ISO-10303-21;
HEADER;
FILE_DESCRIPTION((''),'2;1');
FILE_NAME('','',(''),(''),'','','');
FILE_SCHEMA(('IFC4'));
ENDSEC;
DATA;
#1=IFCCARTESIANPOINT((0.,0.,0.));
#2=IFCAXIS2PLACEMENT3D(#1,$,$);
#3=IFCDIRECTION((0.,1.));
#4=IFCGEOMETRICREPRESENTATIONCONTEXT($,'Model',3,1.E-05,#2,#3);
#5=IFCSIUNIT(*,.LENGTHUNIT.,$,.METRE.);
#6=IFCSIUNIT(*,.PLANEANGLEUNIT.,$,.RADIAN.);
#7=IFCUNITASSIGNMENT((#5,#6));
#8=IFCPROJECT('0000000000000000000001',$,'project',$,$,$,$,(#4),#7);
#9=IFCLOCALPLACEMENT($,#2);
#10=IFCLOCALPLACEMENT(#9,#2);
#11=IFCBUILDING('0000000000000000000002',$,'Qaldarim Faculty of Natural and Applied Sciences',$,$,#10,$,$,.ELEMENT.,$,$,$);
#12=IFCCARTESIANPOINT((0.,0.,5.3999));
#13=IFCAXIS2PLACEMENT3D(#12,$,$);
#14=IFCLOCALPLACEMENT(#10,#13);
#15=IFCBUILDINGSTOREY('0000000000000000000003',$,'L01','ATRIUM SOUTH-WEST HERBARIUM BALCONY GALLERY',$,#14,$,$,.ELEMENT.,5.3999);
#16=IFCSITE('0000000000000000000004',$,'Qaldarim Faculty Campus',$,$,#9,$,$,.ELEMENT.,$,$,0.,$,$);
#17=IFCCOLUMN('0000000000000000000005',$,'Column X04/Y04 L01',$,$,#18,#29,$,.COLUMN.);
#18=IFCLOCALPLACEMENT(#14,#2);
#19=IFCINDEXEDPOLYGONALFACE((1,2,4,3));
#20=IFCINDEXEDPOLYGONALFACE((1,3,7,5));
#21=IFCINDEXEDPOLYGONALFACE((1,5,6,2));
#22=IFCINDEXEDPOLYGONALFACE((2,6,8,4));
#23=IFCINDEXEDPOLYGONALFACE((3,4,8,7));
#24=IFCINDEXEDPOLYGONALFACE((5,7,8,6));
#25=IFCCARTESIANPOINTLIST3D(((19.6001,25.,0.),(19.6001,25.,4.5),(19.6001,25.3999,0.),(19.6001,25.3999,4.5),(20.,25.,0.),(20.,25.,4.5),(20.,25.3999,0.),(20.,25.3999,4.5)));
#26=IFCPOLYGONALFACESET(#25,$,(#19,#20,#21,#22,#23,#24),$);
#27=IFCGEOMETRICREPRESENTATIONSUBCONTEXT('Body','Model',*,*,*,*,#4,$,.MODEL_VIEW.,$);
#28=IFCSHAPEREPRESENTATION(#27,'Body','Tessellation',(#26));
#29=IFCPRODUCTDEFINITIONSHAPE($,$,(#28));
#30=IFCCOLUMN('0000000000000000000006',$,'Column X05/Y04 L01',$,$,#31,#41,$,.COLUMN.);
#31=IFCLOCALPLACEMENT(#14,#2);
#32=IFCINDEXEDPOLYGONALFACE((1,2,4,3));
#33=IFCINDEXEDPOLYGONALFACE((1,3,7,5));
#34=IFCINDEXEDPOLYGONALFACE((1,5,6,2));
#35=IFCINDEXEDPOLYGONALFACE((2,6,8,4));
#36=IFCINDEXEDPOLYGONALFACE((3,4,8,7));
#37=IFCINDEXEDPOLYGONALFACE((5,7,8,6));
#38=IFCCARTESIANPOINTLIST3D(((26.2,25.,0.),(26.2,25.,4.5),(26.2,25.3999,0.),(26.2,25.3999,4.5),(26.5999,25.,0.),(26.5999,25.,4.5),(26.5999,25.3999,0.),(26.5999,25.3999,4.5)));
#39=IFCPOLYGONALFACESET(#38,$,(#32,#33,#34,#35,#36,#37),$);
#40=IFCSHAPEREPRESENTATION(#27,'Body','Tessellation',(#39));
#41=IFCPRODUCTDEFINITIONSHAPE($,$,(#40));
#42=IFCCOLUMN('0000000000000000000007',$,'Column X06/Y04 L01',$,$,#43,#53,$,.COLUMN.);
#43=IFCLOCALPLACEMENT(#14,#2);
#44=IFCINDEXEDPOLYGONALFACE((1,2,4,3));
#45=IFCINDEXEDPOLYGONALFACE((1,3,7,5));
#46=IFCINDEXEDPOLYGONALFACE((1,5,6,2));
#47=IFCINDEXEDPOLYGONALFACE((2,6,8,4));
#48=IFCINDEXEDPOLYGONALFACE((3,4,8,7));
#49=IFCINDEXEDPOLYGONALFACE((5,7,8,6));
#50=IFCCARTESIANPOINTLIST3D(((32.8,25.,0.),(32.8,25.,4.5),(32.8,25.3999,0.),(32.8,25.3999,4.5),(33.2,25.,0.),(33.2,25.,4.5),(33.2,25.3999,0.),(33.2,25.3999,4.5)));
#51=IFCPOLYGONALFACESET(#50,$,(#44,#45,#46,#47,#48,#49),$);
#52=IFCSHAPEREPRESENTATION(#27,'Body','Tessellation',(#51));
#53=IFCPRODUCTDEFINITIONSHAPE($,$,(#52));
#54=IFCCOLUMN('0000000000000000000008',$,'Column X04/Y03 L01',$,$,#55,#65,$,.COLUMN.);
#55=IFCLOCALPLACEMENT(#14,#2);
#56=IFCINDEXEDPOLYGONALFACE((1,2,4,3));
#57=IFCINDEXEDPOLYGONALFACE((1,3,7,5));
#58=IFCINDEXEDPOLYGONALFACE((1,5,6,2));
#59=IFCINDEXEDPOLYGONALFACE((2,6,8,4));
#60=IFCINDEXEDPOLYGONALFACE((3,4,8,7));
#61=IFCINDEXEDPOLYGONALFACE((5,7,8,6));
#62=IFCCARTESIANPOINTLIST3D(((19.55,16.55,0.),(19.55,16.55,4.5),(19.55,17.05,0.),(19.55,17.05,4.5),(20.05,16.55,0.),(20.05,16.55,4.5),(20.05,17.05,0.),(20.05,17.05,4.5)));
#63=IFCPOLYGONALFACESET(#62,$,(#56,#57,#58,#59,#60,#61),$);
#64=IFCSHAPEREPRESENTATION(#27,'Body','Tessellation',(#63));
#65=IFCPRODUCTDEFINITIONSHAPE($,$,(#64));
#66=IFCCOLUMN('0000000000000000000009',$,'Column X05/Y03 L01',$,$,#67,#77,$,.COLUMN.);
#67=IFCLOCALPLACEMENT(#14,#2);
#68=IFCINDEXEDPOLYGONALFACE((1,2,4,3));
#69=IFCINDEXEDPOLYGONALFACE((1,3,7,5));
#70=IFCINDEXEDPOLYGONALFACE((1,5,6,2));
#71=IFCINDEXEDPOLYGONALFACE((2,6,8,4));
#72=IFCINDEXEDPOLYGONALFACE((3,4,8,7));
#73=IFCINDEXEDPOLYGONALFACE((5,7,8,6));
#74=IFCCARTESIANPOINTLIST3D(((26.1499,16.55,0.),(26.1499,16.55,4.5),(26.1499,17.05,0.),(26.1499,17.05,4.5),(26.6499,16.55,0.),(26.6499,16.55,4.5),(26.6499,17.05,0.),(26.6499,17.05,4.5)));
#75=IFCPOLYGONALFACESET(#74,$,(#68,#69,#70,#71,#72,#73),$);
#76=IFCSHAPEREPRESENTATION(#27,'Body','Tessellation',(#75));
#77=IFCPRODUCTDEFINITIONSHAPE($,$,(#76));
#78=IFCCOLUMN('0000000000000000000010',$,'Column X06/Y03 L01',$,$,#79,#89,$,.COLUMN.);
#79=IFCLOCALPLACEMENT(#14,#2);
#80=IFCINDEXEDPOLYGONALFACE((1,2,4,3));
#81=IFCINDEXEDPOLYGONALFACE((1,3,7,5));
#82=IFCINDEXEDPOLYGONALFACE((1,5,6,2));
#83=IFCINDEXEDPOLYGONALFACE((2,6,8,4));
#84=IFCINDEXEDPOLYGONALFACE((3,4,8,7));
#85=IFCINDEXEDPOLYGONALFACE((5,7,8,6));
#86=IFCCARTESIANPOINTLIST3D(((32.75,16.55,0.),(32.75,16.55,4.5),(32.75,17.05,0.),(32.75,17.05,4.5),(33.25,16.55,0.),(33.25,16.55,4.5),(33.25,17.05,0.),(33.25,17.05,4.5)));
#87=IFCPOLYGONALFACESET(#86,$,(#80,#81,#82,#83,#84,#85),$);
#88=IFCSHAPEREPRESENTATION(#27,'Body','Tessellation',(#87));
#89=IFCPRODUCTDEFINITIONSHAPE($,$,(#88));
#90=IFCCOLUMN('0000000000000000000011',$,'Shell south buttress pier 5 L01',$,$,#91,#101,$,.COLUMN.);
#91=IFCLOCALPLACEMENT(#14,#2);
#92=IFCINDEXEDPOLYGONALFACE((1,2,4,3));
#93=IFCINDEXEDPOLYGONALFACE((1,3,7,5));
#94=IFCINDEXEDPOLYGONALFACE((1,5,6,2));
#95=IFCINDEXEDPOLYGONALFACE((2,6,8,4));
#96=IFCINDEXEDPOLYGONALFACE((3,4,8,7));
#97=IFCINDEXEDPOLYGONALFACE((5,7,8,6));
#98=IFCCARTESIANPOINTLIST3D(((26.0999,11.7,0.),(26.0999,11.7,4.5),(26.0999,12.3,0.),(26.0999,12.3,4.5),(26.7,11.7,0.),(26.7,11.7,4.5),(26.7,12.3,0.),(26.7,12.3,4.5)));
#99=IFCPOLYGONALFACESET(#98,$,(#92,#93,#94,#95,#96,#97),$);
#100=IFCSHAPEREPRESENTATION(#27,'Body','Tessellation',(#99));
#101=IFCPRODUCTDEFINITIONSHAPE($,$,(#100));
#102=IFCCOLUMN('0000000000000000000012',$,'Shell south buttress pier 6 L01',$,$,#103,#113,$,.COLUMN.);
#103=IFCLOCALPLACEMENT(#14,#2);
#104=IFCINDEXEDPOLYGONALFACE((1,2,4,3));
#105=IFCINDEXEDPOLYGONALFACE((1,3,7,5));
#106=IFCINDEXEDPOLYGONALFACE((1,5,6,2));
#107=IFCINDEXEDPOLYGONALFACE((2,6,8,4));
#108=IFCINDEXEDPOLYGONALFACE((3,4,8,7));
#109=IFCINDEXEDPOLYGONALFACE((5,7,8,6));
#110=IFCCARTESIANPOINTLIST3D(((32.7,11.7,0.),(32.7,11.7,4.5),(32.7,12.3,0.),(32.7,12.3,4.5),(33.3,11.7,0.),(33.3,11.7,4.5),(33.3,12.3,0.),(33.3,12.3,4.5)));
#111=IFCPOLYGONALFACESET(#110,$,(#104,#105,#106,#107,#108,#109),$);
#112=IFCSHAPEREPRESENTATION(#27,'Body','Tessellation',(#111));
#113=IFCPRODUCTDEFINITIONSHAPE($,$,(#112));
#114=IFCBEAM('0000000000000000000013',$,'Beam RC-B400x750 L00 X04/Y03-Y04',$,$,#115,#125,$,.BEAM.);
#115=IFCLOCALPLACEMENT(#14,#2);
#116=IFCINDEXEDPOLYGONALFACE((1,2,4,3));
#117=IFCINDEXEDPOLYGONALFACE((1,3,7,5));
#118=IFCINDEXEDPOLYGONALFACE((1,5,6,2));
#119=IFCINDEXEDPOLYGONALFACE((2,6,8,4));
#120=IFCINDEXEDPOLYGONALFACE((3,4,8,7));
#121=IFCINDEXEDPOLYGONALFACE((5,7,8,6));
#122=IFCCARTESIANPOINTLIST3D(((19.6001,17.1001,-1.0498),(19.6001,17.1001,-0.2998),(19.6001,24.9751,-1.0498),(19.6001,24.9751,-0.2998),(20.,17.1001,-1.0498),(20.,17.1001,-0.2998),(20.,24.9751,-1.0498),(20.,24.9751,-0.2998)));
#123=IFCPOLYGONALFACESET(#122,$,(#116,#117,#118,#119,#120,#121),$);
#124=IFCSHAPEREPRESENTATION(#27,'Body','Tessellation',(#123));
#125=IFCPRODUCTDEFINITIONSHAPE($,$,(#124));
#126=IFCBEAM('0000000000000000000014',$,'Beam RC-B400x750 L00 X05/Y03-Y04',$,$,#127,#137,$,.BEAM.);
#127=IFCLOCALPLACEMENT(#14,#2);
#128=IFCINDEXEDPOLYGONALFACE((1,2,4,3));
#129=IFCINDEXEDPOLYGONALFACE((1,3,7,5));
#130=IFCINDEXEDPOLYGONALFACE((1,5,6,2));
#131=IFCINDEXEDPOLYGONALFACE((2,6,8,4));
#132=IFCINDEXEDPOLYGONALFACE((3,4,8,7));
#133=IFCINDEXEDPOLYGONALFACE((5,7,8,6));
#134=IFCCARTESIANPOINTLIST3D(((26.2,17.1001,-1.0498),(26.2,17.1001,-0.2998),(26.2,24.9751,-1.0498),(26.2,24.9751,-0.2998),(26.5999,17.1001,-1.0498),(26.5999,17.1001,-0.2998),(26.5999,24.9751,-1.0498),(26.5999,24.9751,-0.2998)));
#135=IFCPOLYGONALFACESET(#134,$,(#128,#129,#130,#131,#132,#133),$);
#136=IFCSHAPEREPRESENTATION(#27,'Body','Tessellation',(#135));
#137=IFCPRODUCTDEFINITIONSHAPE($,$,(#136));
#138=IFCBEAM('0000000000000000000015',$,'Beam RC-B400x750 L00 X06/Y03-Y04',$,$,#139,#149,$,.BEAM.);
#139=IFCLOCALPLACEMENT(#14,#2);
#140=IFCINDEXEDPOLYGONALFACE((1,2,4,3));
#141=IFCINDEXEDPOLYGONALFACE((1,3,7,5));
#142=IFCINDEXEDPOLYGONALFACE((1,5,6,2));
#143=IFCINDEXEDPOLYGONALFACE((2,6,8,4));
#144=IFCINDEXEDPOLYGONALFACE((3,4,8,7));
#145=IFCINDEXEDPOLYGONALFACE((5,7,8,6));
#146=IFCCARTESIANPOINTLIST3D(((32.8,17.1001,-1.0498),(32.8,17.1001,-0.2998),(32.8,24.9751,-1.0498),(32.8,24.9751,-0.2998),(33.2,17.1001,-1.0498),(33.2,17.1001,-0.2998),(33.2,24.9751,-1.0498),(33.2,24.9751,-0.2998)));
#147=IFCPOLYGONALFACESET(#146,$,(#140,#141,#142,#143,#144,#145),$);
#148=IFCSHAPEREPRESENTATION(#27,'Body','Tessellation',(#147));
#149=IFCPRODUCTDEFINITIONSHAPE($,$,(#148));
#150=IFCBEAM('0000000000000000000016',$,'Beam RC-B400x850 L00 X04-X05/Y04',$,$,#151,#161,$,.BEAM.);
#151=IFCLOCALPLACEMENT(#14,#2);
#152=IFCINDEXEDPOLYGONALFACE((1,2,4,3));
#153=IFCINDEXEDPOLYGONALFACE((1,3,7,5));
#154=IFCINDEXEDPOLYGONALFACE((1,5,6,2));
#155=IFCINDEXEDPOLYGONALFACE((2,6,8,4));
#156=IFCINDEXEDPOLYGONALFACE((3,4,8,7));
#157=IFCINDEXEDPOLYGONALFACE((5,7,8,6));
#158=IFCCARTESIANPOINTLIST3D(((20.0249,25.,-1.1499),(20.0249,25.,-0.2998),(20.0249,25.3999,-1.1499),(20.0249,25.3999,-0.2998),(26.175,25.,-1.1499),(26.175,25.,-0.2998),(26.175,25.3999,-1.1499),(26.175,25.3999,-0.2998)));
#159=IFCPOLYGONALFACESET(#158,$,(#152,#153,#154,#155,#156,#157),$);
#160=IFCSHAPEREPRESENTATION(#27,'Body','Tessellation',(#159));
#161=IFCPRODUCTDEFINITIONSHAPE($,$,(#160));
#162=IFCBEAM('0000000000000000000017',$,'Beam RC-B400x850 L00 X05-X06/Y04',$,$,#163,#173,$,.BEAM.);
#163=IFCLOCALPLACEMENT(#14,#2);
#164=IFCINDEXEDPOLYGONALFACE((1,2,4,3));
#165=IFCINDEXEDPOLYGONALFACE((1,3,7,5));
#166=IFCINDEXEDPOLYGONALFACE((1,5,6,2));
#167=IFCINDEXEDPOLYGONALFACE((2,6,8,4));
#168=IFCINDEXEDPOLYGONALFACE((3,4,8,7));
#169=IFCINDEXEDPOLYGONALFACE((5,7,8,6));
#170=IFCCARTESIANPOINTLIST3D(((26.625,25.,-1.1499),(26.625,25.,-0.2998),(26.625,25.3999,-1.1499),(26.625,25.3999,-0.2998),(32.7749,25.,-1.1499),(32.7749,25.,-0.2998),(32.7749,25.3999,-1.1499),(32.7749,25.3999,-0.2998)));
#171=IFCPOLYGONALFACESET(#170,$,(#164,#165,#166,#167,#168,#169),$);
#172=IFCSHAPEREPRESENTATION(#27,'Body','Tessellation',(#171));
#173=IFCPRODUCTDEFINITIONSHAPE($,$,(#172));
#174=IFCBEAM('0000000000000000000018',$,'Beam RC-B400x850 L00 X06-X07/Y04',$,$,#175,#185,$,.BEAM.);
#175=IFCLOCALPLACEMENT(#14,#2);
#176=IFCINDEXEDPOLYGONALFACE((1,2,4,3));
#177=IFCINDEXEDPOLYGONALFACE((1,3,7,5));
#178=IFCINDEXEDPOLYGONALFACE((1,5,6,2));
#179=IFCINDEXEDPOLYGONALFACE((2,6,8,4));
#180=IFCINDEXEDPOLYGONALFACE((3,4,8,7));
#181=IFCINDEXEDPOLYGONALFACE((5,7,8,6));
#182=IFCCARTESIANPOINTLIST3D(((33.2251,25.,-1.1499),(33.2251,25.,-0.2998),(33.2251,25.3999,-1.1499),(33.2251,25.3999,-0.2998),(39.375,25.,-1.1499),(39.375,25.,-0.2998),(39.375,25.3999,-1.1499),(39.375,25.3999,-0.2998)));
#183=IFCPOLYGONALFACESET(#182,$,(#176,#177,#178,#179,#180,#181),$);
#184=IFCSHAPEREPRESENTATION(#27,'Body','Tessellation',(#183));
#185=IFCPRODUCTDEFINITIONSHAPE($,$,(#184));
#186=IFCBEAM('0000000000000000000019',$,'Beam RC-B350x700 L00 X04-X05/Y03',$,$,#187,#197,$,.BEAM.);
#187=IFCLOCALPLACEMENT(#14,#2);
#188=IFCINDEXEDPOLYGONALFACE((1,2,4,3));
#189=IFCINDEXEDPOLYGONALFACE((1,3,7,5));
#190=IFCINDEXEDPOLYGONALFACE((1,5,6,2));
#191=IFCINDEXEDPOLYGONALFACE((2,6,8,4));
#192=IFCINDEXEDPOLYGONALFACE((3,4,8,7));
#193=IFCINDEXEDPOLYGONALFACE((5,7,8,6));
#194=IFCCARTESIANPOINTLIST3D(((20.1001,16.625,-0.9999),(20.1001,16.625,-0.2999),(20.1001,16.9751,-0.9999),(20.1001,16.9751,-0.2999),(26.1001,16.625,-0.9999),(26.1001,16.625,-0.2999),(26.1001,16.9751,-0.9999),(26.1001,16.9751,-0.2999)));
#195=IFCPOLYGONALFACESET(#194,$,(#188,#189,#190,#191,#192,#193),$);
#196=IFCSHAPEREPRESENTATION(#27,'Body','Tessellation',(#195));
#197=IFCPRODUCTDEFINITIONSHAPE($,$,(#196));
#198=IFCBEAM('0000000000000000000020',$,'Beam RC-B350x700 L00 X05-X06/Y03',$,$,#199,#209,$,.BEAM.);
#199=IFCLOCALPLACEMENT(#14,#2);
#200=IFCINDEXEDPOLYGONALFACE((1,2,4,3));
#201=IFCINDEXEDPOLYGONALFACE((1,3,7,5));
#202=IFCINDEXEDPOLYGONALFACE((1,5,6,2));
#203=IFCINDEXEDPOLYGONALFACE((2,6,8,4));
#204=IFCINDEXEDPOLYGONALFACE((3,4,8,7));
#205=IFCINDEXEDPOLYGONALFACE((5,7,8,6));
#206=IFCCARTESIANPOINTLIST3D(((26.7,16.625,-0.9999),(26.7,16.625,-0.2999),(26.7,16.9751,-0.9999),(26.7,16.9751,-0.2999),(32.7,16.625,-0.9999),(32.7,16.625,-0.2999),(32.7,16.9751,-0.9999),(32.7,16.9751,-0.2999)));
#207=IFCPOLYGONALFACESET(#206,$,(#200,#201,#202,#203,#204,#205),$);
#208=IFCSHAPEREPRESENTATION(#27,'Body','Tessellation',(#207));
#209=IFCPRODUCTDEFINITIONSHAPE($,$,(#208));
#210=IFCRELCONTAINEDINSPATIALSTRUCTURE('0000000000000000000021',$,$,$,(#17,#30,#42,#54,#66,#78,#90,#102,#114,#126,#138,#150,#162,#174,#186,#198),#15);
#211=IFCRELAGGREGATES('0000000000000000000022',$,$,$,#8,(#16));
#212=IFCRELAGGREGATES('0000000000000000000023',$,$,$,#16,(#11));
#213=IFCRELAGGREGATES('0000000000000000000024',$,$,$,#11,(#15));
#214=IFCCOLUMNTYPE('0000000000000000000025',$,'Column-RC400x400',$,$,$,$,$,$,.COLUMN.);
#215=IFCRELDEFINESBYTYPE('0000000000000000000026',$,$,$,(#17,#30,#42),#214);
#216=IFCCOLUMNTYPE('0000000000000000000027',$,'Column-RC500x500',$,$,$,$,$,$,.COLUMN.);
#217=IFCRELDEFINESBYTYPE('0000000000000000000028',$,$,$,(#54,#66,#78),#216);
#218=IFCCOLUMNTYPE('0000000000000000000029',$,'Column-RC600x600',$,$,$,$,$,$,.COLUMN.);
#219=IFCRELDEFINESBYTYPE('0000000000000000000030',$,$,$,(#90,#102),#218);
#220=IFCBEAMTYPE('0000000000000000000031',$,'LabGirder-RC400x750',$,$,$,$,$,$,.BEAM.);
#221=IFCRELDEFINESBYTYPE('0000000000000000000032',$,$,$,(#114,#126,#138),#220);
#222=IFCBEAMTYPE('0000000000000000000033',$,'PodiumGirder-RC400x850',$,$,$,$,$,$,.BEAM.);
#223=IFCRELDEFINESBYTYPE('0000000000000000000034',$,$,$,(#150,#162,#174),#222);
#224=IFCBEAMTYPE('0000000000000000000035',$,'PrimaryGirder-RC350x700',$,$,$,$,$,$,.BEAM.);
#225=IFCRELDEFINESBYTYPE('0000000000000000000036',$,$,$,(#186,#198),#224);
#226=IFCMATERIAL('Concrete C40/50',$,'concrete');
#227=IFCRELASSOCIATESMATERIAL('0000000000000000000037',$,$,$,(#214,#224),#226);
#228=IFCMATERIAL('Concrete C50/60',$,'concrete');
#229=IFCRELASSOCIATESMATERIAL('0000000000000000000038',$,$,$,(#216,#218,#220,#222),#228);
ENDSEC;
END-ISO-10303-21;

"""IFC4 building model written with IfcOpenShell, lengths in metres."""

from ifc_helpers import new_model, si_unit, direction, frame, origin, origin_2d, place, context, subcontext, project, spatial, rectangle, extrude, material, material_profile, profile_set, type_object, element, save


model = new_model("IFC4")

# Units and contexts
model_context = context("Model", 3, precision=1e-05, world=origin(), true_north=direction((0.0, 1.0)))
body_context = subcontext(model_context, "Body", "Model", "MODEL_VIEW")
ifc_project = project(units=[si_unit("LENGTHUNIT", "METRE"), si_unit("PLANEANGLEUNIT", "RADIAN")], contexts=[model_context])

# Site, building, storey
site_placement = place(None, origin())
site = spatial("IfcSite", under=ifc_project, at=site_placement, Name="Qaldarim Faculty Campus", CompositionType="ELEMENT", RefElevation=0.0)
building_placement = place(site_placement, origin())
building = spatial("IfcBuilding", under=site, at=building_placement, Name="Qaldarim Faculty of Natural and Applied Sciences", CompositionType="ELEMENT")
storey_placement = place(building_placement, frame((0.0, 0.0, 5.3999)))
storey = spatial("IfcBuildingStorey", under=building, at=storey_placement, Name="L01", Description="ATRIUM SOUTH-WEST HERBARIUM BALCONY GALLERY", CompositionType="ELEMENT", Elevation=5.3999)

# Columns
ifc_material_1 = material(Name="Concrete C40/50", Category="concrete")
ifc_material_profile_1 = material_profile(ifc_material_1, rectangle(XDim=0.3999, YDim=0.3999, at=origin_2d()), Name="RC-C400x400")
ifc_profile_set_1 = profile_set([ifc_material_profile_1], Name="Concrete C40/50")
column_type_1 = type_object("IfcColumnType", Name="Column-RC400x400", PredefinedType="COLUMN", material=ifc_profile_set_1)
for number, where, z_axis, x_axis, name in (
    (1, (19.8, 25.2, 0.0), (0.0, 0.0, 1.0), (1.0, 0.0, 0.0), "Column X04/Y04 L01"),
    (2, (26.3999, 25.2, 0.0), (0.0, 0.0, 1.0), (1.0, 0.0, 0.0), "Column X05/Y04 L01"),
    (3, (33.0, 25.2, 0.0), (0.0, 0.0, 1.0), (1.0, 0.0, 0.0), "Column X06/Y04 L01"),
):
    element("IfcColumn", number, at=place(storey_placement, frame(where, z_axis=z_axis, x_axis=x_axis)), inside=storey, type_object=column_type_1, Name=name, PredefinedType="COLUMN", context=body_context, shape_type="SweptSolid", body=[
        extrude(rectangle(XDim=0.3999, YDim=0.3999, at=origin_2d()), origin(), (0.0, 0.0, 1.0), 4.5),
    ])
ifc_material_2 = material(Name="Concrete C50/60", Category="concrete")
ifc_material_profile_2 = material_profile(ifc_material_2, rectangle(XDim=0.5, YDim=0.5, at=origin_2d()), Name="RC-C500x500")
ifc_profile_set_2 = profile_set([ifc_material_profile_2], Name="Concrete C50/60")
column_type_2 = type_object("IfcColumnType", Name="Column-RC500x500", PredefinedType="COLUMN", material=ifc_profile_set_2)
for number, where, z_axis, x_axis, name in (
    (4, (19.8, 16.8, 0.0), (0.0, 0.0, 1.0), (1.0, 0.0, 0.0), "Column X04/Y03 L01"),
    (5, (26.3999, 16.8, 0.0), (0.0, 0.0, 1.0), (1.0, 0.0, 0.0), "Column X05/Y03 L01"),
    (6, (33.0, 16.8, 0.0), (0.0, 0.0, 1.0), (1.0, 0.0, 0.0), "Column X06/Y03 L01"),
):
    element("IfcColumn", number, at=place(storey_placement, frame(where, z_axis=z_axis, x_axis=x_axis)), inside=storey, type_object=column_type_2, Name=name, PredefinedType="COLUMN", context=body_context, shape_type="SweptSolid", body=[
        extrude(rectangle(XDim=0.5, YDim=0.5, at=origin_2d()), origin(), (0.0, 0.0, 1.0), 4.5),
    ])
ifc_material_profile_3 = material_profile(ifc_material_2, rectangle(XDim=0.6001, YDim=0.6001, at=origin_2d()), Name="RC-C600x600")
ifc_profile_set_3 = profile_set([ifc_material_profile_3], Name="Concrete C50/60")
column_type_3 = type_object("IfcColumnType", Name="Column-RC600x600", PredefinedType="COLUMN", material=ifc_profile_set_3)
for number, where, z_axis, x_axis, name in (
    (7, (26.3999, 12.0, 0.0), (0.0, 0.0, 1.0), (1.0, 0.0, 0.0), "Shell south buttress pier 5 L01"),
    (8, (33.0, 12.0, 0.0), (0.0, 0.0, 1.0), (1.0, 0.0, 0.0), "Shell south buttress pier 6 L01"),
):
    element("IfcColumn", number, at=place(storey_placement, frame(where, z_axis=z_axis, x_axis=x_axis)), inside=storey, type_object=column_type_3, Name=name, PredefinedType="COLUMN", context=body_context, shape_type="SweptSolid", body=[
        extrude(rectangle(XDim=0.6001, YDim=0.6001, at=origin_2d()), origin(), (0.0, 0.0, 1.0), 4.5),
    ])

# Beams
ifc_material_profile_4 = material_profile(ifc_material_2, rectangle(XDim=0.3999, YDim=0.75, at=origin_2d()), Name="RC-B400x750")
ifc_profile_set_4 = profile_set([ifc_material_profile_4], Name="Concrete C50/60")
beam_type_1 = type_object("IfcBeamType", Name="LabGirder-RC400x750", PredefinedType="BEAM", material=ifc_profile_set_4)
for number, where, z_axis, x_axis, name in (
    (9, (19.8, 17.1001, -0.6748), (0.0, 1.0, 0.0), (-1.0, 0.0, 0.0), "Beam RC-B400x750 L00 X04/Y03-Y04"),
    (10, (26.3999, 17.1001, -0.6748), (0.0, 1.0, 0.0), (-1.0, 0.0, 0.0), "Beam RC-B400x750 L00 X05/Y03-Y04"),
    (11, (33.0, 17.1001, -0.6748), (0.0, 1.0, 0.0), (-1.0, 0.0, 0.0), "Beam RC-B400x750 L00 X06/Y03-Y04"),
):
    element("IfcBeam", number, at=place(storey_placement, frame(where, z_axis=z_axis, x_axis=x_axis)), inside=storey, type_object=beam_type_1, Name=name, PredefinedType="BEAM", context=body_context, shape_type="SweptSolid", body=[
        extrude(rectangle(XDim=0.3999, YDim=0.75, at=origin_2d()), origin(), (0.0, 0.0, 1.0), 7.875),
    ])
ifc_material_profile_5 = material_profile(ifc_material_2, rectangle(XDim=0.3999, YDim=0.8501, at=origin_2d()), Name="RC-B400x850")
ifc_profile_set_5 = profile_set([ifc_material_profile_5], Name="Concrete C50/60")
beam_type_2 = type_object("IfcBeamType", Name="PodiumGirder-RC400x850", PredefinedType="BEAM", material=ifc_profile_set_5)
beam_placement = place(storey_placement, frame((20.0249, 25.2, -0.7249), z_axis=(1.0, 0.0, 0.0), x_axis=(0.0, 1.0, 0.0)))
element("IfcBeam", 12, at=beam_placement, inside=storey, type_object=beam_type_2, Name="Beam RC-B400x850 L00 X04-X05/Y04", PredefinedType="BEAM", context=body_context, shape_type="SweptSolid", body=[
    extrude(rectangle(XDim=0.3999, YDim=0.8501, at=origin_2d()), origin(), (0.0, 0.0, 1.0), 6.1501),
])
for number, where, z_axis, x_axis, name in (
    (13, (26.625, 25.2, -0.7249), (1.0, 0.0, 0.0), (0.0, 1.0, 0.0), "Beam RC-B400x850 L00 X05-X06/Y04"),
    (14, (33.2251, 25.2, -0.7249), (1.0, 0.0, 0.0), (0.0, 1.0, 0.0), "Beam RC-B400x850 L00 X06-X07/Y04"),
):
    element("IfcBeam", number, at=place(storey_placement, frame(where, z_axis=z_axis, x_axis=x_axis)), inside=storey, type_object=beam_type_2, Name=name, PredefinedType="BEAM", context=body_context, shape_type="SweptSolid", body=[
        extrude(rectangle(XDim=0.3999, YDim=0.8501, at=origin_2d()), origin(), (0.0, 0.0, 1.0), 6.1499),
    ])
ifc_material_profile_6 = material_profile(ifc_material_1, rectangle(XDim=0.3501, YDim=0.7, at=origin_2d()), Name="RC-B350x700")
ifc_profile_set_6 = profile_set([ifc_material_profile_6], Name="Concrete C40/50")
beam_type_3 = type_object("IfcBeamType", Name="PrimaryGirder-RC350x700", PredefinedType="BEAM", material=ifc_profile_set_6)
for number, where, z_axis, x_axis, name in (
    (15, (20.1001, 16.8, -0.6499), (1.0, 0.0, 0.0), (0.0, 1.0, 0.0), "Beam RC-B350x700 L00 X04-X05/Y03"),
    (16, (26.7, 16.8, -0.6499), (1.0, 0.0, 0.0), (0.0, 1.0, 0.0), "Beam RC-B350x700 L00 X05-X06/Y03"),
):
    element("IfcBeam", number, at=place(storey_placement, frame(where, z_axis=z_axis, x_axis=x_axis)), inside=storey, type_object=beam_type_3, Name=name, PredefinedType="BEAM", context=body_context, shape_type="SweptSolid", body=[
        extrude(rectangle(XDim=0.3501, YDim=0.7, at=origin_2d()), origin(), (0.0, 0.0, 1.0), 6.0),
    ])

save(model, "model.ifc")
